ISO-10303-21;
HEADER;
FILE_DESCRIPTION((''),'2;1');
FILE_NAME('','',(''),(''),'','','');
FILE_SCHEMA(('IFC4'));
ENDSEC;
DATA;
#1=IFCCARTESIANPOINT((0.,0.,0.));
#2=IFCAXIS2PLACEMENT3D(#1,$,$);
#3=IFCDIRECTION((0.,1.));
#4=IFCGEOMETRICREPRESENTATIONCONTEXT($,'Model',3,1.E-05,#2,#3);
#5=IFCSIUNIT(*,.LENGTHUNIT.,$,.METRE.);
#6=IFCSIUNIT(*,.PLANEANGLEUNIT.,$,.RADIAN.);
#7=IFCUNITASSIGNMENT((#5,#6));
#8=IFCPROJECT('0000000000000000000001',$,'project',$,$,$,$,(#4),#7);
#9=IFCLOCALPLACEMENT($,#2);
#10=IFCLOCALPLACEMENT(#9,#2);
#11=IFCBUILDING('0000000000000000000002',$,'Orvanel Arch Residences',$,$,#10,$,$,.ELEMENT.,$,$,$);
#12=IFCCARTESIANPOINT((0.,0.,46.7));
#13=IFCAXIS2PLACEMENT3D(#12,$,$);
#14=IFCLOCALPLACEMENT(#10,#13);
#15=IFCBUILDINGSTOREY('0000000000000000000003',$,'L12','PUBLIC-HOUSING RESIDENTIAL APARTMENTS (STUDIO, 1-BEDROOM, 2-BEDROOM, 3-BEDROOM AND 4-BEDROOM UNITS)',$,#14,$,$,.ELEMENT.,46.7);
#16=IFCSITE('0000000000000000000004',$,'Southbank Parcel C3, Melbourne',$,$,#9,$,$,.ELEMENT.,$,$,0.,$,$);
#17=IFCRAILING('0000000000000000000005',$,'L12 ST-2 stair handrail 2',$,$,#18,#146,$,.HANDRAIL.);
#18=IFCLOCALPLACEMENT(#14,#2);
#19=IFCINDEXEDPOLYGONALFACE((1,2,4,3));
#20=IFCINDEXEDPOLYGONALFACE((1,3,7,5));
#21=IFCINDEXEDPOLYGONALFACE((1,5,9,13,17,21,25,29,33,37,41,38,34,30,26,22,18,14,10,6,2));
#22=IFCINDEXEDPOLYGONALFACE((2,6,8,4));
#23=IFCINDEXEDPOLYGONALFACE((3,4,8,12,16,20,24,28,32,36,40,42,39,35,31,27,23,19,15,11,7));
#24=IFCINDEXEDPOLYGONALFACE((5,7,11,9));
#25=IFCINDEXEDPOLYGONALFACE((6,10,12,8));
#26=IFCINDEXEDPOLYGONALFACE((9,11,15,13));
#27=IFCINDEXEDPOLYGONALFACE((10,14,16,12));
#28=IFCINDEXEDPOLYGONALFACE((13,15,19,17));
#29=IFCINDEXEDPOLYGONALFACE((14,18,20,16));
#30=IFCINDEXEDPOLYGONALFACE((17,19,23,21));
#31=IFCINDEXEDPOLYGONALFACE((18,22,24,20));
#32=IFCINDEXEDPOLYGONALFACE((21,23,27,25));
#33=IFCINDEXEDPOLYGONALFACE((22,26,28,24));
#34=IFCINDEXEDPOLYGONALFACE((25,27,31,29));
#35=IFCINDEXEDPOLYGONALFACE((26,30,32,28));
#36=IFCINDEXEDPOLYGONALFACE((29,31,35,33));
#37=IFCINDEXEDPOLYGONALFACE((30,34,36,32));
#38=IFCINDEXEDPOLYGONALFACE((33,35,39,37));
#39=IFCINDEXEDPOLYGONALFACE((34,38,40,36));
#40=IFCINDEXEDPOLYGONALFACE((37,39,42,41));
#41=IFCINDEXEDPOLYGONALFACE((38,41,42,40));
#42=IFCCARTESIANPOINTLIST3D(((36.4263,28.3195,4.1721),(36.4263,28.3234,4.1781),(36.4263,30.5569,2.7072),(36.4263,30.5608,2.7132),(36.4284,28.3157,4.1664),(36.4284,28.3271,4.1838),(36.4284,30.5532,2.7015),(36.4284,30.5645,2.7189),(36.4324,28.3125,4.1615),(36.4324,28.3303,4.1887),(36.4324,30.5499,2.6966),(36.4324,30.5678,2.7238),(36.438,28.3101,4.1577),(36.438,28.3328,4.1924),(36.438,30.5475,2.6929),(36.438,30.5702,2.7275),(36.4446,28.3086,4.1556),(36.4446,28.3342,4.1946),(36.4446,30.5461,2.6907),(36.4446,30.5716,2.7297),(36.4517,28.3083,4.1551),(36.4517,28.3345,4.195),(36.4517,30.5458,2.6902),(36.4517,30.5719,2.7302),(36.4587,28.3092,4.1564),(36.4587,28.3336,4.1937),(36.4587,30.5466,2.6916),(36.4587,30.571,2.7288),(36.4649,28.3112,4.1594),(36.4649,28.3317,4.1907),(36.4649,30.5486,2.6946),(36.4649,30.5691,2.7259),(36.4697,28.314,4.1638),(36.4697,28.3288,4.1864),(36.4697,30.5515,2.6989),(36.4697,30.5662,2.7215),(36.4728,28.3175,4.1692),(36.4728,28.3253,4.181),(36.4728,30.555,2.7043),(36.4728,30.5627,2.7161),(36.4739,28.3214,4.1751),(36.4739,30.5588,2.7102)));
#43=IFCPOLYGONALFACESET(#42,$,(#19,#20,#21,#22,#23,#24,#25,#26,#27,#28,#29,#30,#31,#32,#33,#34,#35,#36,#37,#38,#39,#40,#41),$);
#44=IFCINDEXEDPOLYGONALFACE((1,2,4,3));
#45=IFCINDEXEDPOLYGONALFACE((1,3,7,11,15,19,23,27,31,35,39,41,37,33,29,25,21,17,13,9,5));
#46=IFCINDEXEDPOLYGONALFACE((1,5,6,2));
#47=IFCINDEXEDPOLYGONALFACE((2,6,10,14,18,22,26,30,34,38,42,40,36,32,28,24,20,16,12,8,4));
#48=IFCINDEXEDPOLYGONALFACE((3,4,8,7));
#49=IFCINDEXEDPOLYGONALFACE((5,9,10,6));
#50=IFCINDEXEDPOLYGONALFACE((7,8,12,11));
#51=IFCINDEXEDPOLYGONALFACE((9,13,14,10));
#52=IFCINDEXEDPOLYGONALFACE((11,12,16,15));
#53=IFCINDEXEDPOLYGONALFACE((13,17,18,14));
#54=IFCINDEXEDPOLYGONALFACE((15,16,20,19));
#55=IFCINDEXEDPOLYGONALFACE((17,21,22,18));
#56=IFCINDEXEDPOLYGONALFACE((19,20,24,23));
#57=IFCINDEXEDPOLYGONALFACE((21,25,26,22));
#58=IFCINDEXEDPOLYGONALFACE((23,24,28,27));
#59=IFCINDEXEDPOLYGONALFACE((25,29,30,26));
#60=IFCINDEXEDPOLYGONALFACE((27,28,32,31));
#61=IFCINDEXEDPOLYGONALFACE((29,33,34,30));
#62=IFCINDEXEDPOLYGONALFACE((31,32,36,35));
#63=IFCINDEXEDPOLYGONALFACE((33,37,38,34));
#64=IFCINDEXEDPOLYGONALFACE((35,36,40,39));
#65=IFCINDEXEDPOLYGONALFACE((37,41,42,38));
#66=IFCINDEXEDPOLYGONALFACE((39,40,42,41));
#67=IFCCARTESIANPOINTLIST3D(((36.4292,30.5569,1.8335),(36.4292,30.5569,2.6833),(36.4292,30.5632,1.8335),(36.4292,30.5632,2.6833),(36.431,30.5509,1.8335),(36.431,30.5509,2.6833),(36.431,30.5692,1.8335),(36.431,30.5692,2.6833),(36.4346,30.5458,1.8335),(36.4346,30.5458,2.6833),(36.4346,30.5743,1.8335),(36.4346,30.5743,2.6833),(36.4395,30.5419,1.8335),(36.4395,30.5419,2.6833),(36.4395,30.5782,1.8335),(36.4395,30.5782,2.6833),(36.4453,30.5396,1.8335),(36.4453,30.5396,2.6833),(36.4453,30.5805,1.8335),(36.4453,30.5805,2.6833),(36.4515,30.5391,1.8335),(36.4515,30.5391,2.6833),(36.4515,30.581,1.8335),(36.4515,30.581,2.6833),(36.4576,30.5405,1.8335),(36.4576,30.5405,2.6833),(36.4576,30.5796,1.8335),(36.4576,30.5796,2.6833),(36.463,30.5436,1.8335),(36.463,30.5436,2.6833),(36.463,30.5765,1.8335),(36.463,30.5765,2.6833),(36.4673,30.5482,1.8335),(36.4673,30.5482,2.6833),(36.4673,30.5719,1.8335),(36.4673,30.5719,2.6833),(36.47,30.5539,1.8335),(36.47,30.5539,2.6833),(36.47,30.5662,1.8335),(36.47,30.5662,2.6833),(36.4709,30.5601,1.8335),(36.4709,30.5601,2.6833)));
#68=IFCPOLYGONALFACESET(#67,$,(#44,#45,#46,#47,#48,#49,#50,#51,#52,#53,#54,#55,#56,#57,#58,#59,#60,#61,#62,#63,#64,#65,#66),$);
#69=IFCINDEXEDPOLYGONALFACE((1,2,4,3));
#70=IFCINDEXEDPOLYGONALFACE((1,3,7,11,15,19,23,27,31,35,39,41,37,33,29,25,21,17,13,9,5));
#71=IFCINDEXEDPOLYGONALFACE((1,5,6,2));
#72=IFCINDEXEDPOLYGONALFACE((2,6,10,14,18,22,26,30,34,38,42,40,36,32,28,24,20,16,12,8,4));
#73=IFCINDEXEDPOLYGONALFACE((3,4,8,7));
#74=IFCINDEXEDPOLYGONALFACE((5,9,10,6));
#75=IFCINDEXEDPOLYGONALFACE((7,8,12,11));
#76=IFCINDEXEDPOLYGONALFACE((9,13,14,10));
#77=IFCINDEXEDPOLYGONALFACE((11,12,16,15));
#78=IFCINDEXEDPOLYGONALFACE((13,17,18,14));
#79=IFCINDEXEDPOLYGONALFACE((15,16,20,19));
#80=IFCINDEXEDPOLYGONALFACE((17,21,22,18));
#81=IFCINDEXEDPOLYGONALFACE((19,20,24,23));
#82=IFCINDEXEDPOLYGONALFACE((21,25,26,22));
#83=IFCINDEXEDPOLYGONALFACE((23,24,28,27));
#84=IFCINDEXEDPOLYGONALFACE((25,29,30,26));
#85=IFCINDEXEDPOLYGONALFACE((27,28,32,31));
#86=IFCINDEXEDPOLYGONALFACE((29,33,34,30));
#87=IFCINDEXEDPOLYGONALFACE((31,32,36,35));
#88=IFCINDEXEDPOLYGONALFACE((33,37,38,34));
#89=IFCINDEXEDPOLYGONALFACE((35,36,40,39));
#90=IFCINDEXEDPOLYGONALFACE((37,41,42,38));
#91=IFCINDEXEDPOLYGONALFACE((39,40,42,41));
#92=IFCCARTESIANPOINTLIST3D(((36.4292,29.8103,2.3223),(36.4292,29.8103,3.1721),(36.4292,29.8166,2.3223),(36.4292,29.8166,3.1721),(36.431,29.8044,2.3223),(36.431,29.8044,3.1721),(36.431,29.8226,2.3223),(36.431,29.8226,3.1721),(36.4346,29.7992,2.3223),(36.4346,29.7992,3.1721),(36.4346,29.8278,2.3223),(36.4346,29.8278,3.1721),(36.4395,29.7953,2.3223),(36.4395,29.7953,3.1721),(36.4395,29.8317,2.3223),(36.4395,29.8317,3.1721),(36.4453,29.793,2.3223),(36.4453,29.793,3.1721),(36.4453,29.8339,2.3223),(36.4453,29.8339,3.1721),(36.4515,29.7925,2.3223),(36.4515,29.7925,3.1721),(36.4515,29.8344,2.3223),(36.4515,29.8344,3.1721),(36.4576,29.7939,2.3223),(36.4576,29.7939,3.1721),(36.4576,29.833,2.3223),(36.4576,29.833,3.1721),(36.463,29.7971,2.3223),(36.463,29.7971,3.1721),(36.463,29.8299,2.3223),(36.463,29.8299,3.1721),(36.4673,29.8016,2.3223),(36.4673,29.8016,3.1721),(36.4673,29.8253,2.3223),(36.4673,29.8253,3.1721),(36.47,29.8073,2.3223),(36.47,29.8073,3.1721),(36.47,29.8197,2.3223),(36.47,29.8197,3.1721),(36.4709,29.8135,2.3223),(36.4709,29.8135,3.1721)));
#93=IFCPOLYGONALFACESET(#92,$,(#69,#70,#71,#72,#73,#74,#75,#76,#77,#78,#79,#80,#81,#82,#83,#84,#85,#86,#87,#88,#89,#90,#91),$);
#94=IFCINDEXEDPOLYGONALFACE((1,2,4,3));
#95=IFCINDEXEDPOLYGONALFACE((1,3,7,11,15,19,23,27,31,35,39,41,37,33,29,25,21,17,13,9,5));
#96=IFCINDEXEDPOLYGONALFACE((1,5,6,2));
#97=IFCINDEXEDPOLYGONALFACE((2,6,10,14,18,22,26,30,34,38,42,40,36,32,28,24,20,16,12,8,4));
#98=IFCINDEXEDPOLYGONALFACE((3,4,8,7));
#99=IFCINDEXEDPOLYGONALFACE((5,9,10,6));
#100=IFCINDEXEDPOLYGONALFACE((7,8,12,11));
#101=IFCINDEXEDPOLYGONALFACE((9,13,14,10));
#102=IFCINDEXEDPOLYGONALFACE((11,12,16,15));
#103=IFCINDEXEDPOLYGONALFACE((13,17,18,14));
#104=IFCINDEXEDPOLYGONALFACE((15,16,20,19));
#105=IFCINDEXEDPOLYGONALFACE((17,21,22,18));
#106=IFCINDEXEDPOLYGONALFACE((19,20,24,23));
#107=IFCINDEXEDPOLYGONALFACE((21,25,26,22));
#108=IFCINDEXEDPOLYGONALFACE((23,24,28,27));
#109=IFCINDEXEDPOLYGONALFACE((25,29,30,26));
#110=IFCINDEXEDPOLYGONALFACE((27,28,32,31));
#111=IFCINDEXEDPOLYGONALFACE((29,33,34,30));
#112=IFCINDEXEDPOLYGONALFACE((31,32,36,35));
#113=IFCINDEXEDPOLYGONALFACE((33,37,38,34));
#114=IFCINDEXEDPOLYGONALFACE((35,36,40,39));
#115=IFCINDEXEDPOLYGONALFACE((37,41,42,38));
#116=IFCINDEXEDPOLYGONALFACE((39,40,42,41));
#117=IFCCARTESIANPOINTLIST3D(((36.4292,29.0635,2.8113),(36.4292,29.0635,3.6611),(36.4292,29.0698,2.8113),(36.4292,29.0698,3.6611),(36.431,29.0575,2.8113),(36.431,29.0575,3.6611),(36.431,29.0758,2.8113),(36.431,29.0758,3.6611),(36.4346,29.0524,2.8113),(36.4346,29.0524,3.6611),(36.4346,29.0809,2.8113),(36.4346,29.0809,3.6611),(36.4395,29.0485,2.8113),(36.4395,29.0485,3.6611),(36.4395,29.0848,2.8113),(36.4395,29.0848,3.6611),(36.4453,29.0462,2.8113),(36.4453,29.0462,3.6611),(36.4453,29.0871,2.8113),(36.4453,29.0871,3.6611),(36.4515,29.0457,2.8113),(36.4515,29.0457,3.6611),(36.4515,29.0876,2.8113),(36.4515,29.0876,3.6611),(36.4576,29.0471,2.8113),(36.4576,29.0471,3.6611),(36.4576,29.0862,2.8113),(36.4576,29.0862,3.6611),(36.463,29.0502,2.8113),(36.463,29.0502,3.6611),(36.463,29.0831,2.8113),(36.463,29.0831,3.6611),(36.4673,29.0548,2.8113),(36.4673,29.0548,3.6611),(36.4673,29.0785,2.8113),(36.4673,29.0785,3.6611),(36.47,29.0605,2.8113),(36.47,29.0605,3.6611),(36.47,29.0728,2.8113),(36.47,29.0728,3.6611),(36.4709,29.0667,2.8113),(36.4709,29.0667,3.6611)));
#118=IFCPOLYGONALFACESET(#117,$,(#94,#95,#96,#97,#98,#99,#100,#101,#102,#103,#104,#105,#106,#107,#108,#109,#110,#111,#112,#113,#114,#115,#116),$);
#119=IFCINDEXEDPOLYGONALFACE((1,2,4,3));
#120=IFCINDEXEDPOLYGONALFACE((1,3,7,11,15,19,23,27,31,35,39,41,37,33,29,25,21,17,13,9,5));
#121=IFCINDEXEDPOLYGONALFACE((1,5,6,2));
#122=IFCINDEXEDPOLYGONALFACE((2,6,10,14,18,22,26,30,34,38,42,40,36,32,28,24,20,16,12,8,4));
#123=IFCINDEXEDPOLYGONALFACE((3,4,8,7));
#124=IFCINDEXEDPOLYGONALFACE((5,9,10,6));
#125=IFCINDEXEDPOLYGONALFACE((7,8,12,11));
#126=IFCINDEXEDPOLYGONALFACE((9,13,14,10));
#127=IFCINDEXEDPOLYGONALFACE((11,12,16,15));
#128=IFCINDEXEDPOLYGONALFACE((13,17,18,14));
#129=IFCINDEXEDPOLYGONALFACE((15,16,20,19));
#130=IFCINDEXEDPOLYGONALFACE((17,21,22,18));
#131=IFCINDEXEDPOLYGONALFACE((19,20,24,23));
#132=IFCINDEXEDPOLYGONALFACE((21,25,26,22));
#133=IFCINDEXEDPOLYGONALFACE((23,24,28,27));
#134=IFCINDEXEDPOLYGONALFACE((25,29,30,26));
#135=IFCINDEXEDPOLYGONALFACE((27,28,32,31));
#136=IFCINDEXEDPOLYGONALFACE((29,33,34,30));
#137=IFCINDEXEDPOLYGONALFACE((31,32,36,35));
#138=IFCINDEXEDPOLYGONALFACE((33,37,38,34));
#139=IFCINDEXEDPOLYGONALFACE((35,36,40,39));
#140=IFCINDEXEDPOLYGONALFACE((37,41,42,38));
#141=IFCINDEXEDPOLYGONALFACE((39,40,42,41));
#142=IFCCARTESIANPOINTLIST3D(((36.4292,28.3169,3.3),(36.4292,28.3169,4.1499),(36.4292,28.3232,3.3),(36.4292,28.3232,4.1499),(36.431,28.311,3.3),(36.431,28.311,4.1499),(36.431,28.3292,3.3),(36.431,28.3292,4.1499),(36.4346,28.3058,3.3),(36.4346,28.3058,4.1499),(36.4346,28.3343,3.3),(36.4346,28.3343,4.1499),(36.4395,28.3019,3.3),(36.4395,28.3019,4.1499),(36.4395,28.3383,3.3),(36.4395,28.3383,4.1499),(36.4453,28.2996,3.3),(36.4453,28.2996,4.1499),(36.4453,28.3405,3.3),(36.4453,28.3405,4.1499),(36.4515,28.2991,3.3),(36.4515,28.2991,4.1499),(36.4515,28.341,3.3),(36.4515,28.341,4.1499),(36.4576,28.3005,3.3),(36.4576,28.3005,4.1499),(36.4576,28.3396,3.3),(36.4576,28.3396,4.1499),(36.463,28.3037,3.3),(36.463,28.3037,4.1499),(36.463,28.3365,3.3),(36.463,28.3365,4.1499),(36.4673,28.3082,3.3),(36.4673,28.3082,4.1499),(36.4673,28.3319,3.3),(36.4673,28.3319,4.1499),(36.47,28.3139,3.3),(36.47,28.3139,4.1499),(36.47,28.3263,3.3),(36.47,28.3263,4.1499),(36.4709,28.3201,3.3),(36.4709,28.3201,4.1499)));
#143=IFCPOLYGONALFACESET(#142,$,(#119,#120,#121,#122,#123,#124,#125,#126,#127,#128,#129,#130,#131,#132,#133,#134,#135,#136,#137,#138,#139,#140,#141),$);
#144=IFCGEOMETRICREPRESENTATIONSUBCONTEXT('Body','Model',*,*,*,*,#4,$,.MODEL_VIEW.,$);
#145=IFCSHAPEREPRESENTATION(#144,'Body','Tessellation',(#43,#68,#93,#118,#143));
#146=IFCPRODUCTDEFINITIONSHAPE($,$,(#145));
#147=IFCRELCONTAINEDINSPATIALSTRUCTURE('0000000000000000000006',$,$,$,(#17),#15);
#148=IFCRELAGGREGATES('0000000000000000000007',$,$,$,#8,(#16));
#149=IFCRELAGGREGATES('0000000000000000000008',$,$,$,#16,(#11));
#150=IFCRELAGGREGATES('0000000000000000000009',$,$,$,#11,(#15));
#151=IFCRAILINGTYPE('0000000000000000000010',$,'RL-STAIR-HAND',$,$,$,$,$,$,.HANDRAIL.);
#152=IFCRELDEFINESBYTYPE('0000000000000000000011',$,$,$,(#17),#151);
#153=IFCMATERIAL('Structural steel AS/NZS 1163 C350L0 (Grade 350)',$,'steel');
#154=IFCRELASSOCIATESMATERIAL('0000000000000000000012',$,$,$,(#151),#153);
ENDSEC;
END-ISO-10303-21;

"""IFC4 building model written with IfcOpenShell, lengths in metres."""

from ifc_helpers import new_model, si_unit, direction, frame, origin, origin_2d, place, context, subcontext, project, spatial, circle, extrude, material, type_object, element, save


model = new_model("IFC4")

# Units and contexts
model_context = context("Model", 3, precision=1e-05, world=origin(), true_north=direction((0.0, 1.0)))
body_context = subcontext(model_context, "Body", "Model", "MODEL_VIEW")
ifc_project = project(units=[si_unit("LENGTHUNIT", "METRE"), si_unit("PLANEANGLEUNIT", "RADIAN")], contexts=[model_context])

# Site, building, storey
site_placement = place(None, origin())
site = spatial("IfcSite", under=ifc_project, at=site_placement, Name="Southbank Parcel C3, Melbourne", CompositionType="ELEMENT", RefElevation=0.0)
building_placement = place(site_placement, origin())
building = spatial("IfcBuilding", under=site, at=building_placement, Name="Orvanel Arch Residences", CompositionType="ELEMENT")
storey_placement = place(building_placement, frame((0.0, 0.0, 46.7)))
storey = spatial("IfcBuildingStorey", under=building, at=storey_placement, Name="L12", Description="PUBLIC-HOUSING RESIDENTIAL APARTMENTS (STUDIO, 1-BEDROOM, 2-BEDROOM, 3-BEDROOM AND 4-BEDROOM UNITS)", CompositionType="ELEMENT", Elevation=46.7)

# Railing
ifc_material_1 = material(Name="Structural steel AS/NZS 1163 C350L0 (Grade 350)", Category="steel")
railing_type_1 = type_object("IfcRailingType", Name="RL-STAIR-HAND", PredefinedType="HANDRAIL", material=ifc_material_1)
railing_1_placement = place(storey_placement, frame((36.45, 30.5601, 1.8335)))
element("IfcRailing", 1, at=railing_1_placement, inside=storey, type_object=railing_type_1, Name="L12 ST-2 stair handrail 2", PredefinedType="HANDRAIL", context=body_context, shape_type="SweptSolid", body=[
    extrude(circle(Radius=0.0239, at=origin_2d()), frame((0.0, -0.0012, 0.8767), z_axis=(0.0, -0.836637, 0.547758), x_axis=(1.0, 0.0, 0.0)), (0.0, 0.0, 1.0), 2.6743),
    extrude(circle(Radius=0.021, at=origin_2d()), origin(), (0.0, 0.0, 1.0), 0.8499),
    extrude(circle(Radius=0.021, at=origin_2d()), frame((0.0, -0.7466, 0.4888)), (0.0, 0.0, 1.0), 0.8499),
    extrude(circle(Radius=0.021, at=origin_2d()), frame((0.0, -1.4934, 0.9778)), (0.0, 0.0, 1.0), 0.8499),
    extrude(circle(Radius=0.021, at=origin_2d()), frame((0.0, -2.24, 1.4666)), (0.0, 0.0, 1.0), 0.8499),
])

save(model, "model.ifc")
